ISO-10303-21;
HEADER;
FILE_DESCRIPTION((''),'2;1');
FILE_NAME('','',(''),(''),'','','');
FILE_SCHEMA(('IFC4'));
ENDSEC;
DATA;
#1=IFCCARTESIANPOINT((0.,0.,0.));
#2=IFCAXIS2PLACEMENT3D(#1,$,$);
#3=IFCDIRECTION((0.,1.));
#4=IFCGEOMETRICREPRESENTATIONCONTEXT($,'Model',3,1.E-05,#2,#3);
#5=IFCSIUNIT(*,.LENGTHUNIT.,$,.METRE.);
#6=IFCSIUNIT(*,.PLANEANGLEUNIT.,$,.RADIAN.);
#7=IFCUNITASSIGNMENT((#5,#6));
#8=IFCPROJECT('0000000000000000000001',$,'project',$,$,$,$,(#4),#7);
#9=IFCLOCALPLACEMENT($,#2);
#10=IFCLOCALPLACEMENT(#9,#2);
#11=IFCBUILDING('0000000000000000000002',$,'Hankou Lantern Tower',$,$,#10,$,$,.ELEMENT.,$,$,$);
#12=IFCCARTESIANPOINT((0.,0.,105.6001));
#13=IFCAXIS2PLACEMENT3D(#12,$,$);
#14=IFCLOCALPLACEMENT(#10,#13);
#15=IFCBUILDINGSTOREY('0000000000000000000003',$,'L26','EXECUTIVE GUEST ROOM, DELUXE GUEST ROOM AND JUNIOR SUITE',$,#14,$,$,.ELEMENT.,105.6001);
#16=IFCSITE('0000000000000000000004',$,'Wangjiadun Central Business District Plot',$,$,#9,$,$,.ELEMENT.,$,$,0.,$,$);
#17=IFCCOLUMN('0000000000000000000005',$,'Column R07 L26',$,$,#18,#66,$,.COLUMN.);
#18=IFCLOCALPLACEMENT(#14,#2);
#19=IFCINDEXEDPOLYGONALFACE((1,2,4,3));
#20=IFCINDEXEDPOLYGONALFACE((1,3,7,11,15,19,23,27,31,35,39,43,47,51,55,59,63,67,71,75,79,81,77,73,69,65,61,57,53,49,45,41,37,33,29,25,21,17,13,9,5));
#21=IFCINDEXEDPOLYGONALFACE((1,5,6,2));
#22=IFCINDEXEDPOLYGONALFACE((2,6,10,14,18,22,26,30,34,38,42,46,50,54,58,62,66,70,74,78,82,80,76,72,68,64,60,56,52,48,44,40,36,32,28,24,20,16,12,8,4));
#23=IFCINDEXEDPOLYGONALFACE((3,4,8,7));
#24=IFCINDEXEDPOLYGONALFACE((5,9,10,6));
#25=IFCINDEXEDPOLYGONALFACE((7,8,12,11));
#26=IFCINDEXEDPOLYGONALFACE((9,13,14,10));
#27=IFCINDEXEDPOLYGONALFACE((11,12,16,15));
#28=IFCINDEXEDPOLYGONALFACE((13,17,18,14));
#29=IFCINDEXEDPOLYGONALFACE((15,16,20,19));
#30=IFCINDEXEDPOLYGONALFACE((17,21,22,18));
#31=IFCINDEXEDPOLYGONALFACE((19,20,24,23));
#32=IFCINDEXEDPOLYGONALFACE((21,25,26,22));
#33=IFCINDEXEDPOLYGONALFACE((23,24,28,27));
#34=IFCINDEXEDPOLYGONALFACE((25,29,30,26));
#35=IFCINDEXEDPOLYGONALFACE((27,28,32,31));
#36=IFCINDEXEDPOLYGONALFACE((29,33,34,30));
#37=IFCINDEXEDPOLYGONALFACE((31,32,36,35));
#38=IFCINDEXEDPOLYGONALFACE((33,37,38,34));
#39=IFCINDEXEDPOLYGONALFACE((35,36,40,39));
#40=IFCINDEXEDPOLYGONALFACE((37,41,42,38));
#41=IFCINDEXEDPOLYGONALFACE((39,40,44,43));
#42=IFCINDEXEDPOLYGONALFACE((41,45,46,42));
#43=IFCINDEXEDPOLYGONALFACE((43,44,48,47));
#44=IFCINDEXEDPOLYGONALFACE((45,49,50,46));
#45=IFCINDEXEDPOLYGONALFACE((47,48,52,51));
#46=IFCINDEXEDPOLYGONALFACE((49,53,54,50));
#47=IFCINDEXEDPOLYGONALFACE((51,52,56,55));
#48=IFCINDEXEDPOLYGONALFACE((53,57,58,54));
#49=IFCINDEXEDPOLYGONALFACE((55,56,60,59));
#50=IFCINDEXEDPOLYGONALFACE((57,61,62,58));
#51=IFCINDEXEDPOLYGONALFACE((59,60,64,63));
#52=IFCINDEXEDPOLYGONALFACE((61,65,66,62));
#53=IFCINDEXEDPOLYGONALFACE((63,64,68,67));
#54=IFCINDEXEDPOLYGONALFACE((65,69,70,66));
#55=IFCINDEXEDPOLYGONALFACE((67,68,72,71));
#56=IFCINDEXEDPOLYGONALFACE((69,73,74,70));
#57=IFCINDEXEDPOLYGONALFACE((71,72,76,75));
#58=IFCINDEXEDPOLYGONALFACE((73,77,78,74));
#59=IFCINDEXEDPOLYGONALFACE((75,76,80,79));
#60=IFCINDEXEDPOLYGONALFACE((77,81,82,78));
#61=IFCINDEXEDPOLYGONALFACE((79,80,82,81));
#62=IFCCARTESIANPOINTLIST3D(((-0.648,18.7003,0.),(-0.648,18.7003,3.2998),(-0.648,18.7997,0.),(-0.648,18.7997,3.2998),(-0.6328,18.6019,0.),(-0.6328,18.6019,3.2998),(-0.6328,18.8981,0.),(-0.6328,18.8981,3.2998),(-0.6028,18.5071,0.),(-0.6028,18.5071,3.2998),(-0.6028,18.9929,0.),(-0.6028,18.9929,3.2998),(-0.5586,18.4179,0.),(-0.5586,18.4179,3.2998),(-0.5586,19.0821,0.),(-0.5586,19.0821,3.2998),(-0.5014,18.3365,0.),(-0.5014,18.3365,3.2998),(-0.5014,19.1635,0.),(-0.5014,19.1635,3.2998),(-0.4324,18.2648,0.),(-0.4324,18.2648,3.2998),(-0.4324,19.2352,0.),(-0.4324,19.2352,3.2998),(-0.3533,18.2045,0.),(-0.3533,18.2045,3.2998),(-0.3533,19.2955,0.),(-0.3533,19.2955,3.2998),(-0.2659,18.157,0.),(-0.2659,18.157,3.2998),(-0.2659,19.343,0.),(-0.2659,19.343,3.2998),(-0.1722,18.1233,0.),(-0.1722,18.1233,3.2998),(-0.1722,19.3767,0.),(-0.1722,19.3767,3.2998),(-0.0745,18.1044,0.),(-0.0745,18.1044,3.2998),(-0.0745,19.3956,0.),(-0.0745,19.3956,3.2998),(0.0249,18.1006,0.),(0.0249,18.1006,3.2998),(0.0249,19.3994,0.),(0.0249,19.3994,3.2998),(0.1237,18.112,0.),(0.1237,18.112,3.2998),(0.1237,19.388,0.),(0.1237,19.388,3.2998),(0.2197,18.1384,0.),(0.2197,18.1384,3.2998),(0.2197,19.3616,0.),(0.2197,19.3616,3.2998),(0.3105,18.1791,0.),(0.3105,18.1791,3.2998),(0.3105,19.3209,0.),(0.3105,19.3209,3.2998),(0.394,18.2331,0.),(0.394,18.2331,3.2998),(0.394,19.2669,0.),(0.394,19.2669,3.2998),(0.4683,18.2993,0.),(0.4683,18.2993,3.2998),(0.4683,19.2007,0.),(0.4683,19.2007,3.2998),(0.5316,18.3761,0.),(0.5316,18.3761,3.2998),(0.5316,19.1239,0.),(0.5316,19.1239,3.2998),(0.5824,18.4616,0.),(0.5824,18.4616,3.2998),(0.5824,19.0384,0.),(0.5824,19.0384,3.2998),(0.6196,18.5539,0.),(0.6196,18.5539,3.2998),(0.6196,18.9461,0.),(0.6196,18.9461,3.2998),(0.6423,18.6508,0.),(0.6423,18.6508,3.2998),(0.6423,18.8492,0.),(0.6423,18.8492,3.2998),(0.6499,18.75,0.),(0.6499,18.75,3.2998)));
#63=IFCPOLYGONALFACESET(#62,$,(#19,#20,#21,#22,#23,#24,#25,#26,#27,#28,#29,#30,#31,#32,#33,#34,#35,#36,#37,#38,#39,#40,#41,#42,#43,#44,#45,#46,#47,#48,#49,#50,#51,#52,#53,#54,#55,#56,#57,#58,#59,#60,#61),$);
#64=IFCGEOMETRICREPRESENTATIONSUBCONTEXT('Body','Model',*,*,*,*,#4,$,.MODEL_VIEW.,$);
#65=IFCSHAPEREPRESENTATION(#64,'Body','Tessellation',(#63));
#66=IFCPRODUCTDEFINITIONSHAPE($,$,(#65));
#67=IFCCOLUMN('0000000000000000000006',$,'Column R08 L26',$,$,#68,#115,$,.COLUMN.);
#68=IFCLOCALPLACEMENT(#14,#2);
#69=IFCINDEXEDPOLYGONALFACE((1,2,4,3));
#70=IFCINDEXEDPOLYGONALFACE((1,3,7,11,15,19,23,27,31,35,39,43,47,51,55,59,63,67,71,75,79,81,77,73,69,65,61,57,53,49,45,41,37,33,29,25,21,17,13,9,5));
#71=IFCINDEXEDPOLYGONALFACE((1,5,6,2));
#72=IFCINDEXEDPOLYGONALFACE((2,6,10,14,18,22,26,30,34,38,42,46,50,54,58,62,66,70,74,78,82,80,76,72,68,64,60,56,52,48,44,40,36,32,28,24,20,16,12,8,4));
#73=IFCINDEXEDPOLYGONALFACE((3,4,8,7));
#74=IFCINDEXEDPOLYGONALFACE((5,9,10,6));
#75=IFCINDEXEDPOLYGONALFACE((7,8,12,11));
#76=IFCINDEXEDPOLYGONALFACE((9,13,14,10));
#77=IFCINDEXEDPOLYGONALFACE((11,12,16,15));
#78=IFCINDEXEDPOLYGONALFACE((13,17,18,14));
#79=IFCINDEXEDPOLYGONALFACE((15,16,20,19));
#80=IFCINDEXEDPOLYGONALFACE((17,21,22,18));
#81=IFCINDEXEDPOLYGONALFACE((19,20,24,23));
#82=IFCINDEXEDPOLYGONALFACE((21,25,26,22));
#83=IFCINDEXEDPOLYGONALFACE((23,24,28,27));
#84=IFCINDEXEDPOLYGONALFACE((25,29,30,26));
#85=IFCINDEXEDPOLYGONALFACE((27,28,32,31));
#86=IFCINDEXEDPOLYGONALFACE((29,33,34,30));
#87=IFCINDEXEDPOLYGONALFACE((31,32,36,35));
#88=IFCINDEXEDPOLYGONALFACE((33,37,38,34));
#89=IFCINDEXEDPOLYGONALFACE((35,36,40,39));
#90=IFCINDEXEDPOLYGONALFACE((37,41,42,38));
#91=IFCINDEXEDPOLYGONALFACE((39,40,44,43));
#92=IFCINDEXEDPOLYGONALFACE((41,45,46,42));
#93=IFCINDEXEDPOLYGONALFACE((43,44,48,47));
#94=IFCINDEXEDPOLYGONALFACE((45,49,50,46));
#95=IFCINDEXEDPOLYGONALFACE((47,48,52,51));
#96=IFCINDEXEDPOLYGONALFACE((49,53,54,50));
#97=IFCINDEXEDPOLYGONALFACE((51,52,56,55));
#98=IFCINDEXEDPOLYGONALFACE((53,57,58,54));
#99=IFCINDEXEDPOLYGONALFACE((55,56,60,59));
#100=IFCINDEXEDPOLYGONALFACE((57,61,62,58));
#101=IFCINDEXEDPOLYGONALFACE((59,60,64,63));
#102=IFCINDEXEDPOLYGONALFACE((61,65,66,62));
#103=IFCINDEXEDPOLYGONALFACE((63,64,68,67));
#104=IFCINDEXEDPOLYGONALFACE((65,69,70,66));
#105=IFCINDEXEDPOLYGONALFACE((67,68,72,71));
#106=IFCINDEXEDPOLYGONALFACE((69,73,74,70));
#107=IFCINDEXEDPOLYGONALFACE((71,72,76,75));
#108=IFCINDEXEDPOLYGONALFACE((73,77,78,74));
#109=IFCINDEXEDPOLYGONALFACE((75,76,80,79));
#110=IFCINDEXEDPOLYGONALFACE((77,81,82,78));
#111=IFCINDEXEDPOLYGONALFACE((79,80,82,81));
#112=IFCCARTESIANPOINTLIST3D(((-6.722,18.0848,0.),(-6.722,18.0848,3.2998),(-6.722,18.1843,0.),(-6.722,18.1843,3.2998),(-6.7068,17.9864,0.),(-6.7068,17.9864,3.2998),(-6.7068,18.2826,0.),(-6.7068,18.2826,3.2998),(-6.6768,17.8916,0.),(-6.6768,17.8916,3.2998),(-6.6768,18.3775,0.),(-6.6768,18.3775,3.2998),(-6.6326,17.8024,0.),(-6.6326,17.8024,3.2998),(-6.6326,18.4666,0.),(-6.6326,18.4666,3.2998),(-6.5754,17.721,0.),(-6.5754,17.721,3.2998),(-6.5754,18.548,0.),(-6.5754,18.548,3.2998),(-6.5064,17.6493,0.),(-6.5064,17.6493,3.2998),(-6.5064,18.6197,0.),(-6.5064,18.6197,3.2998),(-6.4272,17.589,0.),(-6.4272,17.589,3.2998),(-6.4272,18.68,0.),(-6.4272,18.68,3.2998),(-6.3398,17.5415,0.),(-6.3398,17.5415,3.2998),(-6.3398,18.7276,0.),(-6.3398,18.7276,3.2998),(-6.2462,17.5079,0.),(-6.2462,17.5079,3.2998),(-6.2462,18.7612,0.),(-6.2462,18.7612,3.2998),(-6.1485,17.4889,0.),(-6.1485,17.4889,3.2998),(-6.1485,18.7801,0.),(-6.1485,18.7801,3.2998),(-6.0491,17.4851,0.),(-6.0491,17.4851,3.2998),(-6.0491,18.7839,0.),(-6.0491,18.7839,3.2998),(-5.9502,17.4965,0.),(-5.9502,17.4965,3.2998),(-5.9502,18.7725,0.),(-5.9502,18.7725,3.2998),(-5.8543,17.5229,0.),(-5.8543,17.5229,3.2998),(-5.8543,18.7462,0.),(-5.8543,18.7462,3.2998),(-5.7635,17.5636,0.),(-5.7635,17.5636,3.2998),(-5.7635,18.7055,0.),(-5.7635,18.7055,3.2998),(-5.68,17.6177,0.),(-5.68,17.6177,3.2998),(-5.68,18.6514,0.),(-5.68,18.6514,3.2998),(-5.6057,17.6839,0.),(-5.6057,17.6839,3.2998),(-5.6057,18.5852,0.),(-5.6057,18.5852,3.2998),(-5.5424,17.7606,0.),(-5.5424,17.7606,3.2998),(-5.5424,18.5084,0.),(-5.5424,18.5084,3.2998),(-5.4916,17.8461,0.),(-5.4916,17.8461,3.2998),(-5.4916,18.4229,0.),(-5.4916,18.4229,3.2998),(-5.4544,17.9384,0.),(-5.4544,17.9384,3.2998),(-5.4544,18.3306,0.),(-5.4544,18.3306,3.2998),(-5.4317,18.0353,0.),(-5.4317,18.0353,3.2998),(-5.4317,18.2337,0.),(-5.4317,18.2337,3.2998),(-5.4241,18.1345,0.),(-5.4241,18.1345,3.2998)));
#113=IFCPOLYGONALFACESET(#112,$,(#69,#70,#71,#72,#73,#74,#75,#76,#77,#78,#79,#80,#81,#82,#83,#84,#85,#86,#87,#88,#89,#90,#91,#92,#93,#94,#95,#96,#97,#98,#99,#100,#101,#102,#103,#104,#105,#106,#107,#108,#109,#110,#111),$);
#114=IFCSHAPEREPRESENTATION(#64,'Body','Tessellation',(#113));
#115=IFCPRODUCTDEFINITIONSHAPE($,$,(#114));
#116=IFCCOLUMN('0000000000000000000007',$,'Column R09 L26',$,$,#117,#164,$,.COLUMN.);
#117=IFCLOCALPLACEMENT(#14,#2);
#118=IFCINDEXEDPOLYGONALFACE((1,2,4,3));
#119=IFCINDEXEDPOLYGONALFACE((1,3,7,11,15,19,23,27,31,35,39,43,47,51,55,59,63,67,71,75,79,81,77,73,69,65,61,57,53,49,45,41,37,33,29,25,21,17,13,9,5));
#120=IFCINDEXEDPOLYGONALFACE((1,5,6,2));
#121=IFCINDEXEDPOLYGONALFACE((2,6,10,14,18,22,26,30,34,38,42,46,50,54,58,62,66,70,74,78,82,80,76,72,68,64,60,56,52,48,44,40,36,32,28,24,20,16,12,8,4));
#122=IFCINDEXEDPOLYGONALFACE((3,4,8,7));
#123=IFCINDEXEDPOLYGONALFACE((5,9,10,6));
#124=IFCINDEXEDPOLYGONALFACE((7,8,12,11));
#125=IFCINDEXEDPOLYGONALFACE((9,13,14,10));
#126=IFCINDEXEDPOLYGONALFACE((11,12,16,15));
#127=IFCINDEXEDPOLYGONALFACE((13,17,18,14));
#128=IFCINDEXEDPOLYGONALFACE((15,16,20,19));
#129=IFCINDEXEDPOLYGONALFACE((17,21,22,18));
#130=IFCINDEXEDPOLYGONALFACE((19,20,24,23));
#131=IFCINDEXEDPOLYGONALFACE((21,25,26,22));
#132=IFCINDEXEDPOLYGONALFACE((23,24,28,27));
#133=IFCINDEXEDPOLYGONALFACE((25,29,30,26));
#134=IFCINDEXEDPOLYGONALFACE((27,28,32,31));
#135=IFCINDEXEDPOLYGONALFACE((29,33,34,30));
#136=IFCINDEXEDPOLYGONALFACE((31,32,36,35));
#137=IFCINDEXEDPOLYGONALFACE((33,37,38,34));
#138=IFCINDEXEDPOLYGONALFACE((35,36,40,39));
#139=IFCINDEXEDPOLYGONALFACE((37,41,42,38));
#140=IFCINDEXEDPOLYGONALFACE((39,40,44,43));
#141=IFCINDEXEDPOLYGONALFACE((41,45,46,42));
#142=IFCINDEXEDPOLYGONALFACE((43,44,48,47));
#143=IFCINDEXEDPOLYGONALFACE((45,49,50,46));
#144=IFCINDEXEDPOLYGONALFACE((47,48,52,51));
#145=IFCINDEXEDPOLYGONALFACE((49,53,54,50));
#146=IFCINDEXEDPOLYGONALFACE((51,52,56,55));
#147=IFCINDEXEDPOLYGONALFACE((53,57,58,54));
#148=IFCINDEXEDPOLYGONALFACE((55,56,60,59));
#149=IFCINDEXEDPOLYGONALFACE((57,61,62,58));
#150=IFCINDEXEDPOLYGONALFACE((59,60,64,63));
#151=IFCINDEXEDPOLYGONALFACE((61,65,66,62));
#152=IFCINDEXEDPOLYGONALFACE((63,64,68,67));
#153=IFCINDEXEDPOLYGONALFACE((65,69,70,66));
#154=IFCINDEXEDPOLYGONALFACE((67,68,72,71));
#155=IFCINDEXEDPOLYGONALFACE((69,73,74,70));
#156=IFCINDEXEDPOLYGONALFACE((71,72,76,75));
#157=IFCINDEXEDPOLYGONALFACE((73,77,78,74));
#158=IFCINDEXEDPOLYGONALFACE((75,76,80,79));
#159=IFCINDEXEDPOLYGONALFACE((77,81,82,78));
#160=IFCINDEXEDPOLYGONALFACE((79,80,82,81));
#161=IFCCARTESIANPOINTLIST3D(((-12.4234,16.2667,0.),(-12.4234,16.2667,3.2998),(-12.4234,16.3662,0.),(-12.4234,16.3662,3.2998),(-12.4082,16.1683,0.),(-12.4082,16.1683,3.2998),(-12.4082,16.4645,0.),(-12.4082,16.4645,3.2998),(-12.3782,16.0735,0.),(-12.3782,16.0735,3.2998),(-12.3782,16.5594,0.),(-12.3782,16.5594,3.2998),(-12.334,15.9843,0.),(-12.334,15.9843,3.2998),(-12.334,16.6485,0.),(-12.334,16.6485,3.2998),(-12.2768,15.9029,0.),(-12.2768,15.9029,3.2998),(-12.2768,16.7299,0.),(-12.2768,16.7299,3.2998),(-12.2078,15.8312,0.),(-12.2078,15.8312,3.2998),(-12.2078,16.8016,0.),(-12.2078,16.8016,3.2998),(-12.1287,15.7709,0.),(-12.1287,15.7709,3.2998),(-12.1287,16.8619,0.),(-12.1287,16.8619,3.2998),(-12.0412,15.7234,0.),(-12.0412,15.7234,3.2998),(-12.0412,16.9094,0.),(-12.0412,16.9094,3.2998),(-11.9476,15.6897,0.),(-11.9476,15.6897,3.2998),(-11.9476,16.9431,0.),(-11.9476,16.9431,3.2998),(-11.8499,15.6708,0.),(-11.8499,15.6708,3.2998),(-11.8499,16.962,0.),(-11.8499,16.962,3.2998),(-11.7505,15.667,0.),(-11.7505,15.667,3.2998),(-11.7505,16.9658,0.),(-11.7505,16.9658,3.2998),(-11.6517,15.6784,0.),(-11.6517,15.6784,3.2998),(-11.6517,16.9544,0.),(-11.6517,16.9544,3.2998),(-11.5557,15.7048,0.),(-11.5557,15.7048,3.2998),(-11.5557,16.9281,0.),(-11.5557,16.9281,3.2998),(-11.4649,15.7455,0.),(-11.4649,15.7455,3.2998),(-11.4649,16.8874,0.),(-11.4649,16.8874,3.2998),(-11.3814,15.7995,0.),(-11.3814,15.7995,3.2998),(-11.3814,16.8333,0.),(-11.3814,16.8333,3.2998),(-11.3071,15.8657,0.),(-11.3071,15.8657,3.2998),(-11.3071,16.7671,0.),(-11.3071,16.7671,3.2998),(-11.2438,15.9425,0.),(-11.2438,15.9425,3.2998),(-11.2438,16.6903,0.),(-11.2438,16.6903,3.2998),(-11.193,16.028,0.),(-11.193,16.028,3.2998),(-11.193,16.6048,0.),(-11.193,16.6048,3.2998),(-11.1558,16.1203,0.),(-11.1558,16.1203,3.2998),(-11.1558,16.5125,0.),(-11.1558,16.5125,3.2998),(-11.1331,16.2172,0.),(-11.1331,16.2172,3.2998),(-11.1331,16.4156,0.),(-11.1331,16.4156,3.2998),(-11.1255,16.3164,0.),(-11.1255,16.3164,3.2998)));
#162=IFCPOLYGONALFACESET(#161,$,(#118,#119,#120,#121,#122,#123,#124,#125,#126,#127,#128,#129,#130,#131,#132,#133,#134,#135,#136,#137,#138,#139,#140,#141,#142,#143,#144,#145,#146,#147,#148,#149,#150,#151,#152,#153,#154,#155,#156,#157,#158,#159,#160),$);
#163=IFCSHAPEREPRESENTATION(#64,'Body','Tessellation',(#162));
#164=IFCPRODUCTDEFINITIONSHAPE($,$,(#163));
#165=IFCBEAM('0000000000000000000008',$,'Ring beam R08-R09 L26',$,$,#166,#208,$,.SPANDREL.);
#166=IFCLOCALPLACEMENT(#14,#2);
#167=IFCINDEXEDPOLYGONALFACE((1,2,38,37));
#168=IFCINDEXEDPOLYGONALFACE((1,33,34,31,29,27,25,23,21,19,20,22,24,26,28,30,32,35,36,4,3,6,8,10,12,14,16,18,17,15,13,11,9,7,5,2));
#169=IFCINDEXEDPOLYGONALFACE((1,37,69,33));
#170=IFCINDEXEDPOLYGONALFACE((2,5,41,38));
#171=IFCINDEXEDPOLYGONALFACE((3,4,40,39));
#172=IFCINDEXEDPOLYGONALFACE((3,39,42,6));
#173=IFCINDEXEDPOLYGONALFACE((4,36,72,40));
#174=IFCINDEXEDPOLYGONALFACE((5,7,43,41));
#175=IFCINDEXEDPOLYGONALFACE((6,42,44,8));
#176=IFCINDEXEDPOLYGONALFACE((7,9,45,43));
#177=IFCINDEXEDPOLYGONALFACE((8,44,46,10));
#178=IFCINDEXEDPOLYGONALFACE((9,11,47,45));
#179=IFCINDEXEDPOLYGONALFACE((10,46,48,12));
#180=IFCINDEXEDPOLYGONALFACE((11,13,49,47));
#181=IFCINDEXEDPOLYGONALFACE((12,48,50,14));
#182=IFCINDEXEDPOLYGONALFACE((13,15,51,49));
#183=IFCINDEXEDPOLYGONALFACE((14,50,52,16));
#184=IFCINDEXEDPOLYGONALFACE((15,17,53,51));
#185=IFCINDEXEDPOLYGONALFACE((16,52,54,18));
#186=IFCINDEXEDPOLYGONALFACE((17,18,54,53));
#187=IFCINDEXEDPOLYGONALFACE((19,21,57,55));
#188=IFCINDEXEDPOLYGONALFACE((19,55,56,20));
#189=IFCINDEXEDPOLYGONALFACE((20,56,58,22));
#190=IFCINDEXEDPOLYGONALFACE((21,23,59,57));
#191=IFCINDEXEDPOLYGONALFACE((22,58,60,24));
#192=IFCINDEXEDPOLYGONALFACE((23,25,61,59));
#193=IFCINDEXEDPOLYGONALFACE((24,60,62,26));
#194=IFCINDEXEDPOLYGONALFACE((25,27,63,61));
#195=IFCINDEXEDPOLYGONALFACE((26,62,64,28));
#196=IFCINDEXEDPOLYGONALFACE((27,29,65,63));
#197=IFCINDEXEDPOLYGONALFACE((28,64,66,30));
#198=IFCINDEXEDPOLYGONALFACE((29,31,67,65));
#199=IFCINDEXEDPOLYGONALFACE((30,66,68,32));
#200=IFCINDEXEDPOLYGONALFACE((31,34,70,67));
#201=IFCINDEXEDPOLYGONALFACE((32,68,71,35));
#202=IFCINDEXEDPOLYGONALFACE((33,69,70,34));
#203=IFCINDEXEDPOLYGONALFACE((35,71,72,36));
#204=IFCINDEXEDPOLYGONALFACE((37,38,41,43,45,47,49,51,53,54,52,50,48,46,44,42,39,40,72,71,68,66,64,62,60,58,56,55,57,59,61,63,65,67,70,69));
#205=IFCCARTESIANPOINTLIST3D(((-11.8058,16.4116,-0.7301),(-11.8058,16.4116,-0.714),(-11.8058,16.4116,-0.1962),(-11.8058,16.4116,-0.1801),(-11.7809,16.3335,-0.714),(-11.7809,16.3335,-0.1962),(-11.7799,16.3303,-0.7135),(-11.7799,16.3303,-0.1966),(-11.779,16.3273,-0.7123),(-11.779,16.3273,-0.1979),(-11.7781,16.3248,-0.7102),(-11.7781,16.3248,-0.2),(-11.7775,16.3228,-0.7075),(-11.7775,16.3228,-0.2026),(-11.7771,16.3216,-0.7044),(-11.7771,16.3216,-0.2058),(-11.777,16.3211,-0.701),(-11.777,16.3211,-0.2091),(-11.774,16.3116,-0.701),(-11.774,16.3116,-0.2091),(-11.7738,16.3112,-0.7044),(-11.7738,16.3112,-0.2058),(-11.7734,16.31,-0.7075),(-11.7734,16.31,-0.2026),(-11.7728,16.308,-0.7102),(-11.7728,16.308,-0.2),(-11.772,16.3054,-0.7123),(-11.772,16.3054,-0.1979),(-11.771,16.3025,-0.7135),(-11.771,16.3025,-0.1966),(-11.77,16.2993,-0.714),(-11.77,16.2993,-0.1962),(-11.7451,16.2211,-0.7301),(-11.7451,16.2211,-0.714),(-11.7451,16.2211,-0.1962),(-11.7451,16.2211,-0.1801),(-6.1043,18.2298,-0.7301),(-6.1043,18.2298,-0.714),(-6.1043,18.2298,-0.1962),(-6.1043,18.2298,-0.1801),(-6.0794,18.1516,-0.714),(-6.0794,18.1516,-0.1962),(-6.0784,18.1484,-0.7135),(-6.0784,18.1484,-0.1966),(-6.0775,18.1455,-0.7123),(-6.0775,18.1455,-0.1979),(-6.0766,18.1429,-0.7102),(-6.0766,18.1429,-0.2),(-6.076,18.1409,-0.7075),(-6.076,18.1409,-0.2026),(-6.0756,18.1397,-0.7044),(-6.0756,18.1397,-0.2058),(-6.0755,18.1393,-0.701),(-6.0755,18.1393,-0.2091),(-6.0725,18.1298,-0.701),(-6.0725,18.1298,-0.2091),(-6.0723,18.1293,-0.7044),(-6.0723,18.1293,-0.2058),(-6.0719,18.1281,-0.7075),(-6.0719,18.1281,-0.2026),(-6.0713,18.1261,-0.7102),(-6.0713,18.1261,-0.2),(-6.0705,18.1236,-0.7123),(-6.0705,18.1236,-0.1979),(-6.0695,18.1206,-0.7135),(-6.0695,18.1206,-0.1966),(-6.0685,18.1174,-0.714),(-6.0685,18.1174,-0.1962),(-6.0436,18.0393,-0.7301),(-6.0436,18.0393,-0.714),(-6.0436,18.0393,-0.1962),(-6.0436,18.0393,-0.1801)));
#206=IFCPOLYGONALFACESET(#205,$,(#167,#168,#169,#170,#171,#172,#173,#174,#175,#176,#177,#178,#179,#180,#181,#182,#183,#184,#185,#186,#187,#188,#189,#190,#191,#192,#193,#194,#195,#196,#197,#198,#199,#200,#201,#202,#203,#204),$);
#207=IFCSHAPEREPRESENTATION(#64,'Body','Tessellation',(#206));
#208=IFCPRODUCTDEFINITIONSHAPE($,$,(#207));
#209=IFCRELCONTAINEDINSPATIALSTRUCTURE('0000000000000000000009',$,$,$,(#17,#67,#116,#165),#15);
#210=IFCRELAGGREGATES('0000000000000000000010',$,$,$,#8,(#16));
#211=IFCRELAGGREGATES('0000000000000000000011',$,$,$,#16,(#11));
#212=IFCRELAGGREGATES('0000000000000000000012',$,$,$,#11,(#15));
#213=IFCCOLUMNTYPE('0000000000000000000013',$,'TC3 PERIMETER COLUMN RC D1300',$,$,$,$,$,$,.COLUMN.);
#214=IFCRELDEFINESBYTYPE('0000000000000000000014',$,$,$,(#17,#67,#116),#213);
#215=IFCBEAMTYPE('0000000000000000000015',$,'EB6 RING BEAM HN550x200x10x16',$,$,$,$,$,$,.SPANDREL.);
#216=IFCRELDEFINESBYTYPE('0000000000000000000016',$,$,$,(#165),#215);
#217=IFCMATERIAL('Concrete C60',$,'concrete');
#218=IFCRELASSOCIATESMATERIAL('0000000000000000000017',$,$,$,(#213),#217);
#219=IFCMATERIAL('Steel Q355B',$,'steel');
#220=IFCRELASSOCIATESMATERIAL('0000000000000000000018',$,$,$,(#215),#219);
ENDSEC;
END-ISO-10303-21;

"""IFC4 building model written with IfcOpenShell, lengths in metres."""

from ifc_helpers import new_model, si_unit, direction, frame, origin, origin_2d, place, context, subcontext, project, spatial, circle, i_section, extrude, material, material_profile, profile_set, type_object, element, save


model = new_model("IFC4")

# Units and contexts
model_context = context("Model", 3, precision=1e-05, world=origin(), true_north=direction((0.0, 1.0)))
body_context = subcontext(model_context, "Body", "Model", "MODEL_VIEW")
ifc_project = project(units=[si_unit("LENGTHUNIT", "METRE"), si_unit("PLANEANGLEUNIT", "RADIAN")], contexts=[model_context])

# Site, building, storey
site_placement = place(None, origin())
site = spatial("IfcSite", under=ifc_project, at=site_placement, Name="Wangjiadun Central Business District Plot", CompositionType="ELEMENT", RefElevation=0.0)
building_placement = place(site_placement, origin())
building = spatial("IfcBuilding", under=site, at=building_placement, Name="Hankou Lantern Tower", CompositionType="ELEMENT")
storey_placement = place(building_placement, frame((0.0, 0.0, 105.6001)))
storey = spatial("IfcBuildingStorey", under=building, at=storey_placement, Name="L26", Description="EXECUTIVE GUEST ROOM, DELUXE GUEST ROOM AND JUNIOR SUITE", CompositionType="ELEMENT", Elevation=105.6001)

# Columns
ifc_material_1 = material(Name="Concrete C60", Category="concrete")
ifc_material_profile_1 = material_profile(ifc_material_1, circle(Radius=0.6499, at=origin_2d()), Name="RC D1300")
ifc_profile_set_1 = profile_set([ifc_material_profile_1], Name="Concrete C60")
column_type = type_object("IfcColumnType", Name="TC3 PERIMETER COLUMN RC D1300", PredefinedType="COLUMN", material=ifc_profile_set_1)
for number, where, z_axis, x_axis, name in (
    (1, (0.0, 18.75, 0.0), (0.0, 0.0, 1.0), (1.0, 0.0, 0.0), "Column R07 L26"),
    (2, (-6.074, 18.1345, 0.0), (0.0, 0.0, 1.0), (1.0, 0.0, 0.0), "Column R08 L26"),
    (3, (-11.7754, 16.3164, 0.0), (0.0, 0.0, 1.0), (1.0, 0.0, 0.0), "Column R09 L26"),
):
    element("IfcColumn", number, at=place(storey_placement, frame(where, z_axis=z_axis, x_axis=x_axis)), inside=storey, type_object=column_type, Name=name, PredefinedType="COLUMN", context=body_context, shape_type="SweptSolid", body=[
        extrude(circle(Radius=0.6499, at=origin_2d()), origin(), (0.0, 0.0, 1.0), 3.2998),
    ])

# Beam
ifc_material_2 = material(Name="Steel Q355B", Category="steel")
ifc_material_profile_2 = material_profile(ifc_material_2, i_section(OverallWidth=0.2, OverallDepth=0.55, WebThickness=0.01, FlangeThickness=0.0161, FilletRadius=0.0129, at=origin_2d()), Name="HN550x200x10x16")
ifc_profile_set_2 = profile_set([ifc_material_profile_2], Name="Steel Q355B")
beam_type_1 = type_object("IfcBeamType", Name="EB6 RING BEAM HN550x200x10x16", PredefinedType="SPANDREL", material=ifc_profile_set_2)
beam_1_placement = place(storey_placement, frame((-6.074, 18.1345, -0.4551), z_axis=(-0.952731, -0.303815, 0.0), x_axis=(0.303815, -0.952731, 0.0)))
element("IfcBeam", 4, at=beam_1_placement, inside=storey, type_object=beam_type_1, Name="Ring beam R08-R09 L26", PredefinedType="SPANDREL", context=body_context, shape_type="SweptSolid", body=[
    extrude(i_section(OverallWidth=0.2, OverallDepth=0.55, WebThickness=0.01, FlangeThickness=0.0161, FilletRadius=0.0129, at=origin_2d()), origin(), (0.0, 0.0, 1.0), 5.9844),
])

save(model, "model.ifc")
